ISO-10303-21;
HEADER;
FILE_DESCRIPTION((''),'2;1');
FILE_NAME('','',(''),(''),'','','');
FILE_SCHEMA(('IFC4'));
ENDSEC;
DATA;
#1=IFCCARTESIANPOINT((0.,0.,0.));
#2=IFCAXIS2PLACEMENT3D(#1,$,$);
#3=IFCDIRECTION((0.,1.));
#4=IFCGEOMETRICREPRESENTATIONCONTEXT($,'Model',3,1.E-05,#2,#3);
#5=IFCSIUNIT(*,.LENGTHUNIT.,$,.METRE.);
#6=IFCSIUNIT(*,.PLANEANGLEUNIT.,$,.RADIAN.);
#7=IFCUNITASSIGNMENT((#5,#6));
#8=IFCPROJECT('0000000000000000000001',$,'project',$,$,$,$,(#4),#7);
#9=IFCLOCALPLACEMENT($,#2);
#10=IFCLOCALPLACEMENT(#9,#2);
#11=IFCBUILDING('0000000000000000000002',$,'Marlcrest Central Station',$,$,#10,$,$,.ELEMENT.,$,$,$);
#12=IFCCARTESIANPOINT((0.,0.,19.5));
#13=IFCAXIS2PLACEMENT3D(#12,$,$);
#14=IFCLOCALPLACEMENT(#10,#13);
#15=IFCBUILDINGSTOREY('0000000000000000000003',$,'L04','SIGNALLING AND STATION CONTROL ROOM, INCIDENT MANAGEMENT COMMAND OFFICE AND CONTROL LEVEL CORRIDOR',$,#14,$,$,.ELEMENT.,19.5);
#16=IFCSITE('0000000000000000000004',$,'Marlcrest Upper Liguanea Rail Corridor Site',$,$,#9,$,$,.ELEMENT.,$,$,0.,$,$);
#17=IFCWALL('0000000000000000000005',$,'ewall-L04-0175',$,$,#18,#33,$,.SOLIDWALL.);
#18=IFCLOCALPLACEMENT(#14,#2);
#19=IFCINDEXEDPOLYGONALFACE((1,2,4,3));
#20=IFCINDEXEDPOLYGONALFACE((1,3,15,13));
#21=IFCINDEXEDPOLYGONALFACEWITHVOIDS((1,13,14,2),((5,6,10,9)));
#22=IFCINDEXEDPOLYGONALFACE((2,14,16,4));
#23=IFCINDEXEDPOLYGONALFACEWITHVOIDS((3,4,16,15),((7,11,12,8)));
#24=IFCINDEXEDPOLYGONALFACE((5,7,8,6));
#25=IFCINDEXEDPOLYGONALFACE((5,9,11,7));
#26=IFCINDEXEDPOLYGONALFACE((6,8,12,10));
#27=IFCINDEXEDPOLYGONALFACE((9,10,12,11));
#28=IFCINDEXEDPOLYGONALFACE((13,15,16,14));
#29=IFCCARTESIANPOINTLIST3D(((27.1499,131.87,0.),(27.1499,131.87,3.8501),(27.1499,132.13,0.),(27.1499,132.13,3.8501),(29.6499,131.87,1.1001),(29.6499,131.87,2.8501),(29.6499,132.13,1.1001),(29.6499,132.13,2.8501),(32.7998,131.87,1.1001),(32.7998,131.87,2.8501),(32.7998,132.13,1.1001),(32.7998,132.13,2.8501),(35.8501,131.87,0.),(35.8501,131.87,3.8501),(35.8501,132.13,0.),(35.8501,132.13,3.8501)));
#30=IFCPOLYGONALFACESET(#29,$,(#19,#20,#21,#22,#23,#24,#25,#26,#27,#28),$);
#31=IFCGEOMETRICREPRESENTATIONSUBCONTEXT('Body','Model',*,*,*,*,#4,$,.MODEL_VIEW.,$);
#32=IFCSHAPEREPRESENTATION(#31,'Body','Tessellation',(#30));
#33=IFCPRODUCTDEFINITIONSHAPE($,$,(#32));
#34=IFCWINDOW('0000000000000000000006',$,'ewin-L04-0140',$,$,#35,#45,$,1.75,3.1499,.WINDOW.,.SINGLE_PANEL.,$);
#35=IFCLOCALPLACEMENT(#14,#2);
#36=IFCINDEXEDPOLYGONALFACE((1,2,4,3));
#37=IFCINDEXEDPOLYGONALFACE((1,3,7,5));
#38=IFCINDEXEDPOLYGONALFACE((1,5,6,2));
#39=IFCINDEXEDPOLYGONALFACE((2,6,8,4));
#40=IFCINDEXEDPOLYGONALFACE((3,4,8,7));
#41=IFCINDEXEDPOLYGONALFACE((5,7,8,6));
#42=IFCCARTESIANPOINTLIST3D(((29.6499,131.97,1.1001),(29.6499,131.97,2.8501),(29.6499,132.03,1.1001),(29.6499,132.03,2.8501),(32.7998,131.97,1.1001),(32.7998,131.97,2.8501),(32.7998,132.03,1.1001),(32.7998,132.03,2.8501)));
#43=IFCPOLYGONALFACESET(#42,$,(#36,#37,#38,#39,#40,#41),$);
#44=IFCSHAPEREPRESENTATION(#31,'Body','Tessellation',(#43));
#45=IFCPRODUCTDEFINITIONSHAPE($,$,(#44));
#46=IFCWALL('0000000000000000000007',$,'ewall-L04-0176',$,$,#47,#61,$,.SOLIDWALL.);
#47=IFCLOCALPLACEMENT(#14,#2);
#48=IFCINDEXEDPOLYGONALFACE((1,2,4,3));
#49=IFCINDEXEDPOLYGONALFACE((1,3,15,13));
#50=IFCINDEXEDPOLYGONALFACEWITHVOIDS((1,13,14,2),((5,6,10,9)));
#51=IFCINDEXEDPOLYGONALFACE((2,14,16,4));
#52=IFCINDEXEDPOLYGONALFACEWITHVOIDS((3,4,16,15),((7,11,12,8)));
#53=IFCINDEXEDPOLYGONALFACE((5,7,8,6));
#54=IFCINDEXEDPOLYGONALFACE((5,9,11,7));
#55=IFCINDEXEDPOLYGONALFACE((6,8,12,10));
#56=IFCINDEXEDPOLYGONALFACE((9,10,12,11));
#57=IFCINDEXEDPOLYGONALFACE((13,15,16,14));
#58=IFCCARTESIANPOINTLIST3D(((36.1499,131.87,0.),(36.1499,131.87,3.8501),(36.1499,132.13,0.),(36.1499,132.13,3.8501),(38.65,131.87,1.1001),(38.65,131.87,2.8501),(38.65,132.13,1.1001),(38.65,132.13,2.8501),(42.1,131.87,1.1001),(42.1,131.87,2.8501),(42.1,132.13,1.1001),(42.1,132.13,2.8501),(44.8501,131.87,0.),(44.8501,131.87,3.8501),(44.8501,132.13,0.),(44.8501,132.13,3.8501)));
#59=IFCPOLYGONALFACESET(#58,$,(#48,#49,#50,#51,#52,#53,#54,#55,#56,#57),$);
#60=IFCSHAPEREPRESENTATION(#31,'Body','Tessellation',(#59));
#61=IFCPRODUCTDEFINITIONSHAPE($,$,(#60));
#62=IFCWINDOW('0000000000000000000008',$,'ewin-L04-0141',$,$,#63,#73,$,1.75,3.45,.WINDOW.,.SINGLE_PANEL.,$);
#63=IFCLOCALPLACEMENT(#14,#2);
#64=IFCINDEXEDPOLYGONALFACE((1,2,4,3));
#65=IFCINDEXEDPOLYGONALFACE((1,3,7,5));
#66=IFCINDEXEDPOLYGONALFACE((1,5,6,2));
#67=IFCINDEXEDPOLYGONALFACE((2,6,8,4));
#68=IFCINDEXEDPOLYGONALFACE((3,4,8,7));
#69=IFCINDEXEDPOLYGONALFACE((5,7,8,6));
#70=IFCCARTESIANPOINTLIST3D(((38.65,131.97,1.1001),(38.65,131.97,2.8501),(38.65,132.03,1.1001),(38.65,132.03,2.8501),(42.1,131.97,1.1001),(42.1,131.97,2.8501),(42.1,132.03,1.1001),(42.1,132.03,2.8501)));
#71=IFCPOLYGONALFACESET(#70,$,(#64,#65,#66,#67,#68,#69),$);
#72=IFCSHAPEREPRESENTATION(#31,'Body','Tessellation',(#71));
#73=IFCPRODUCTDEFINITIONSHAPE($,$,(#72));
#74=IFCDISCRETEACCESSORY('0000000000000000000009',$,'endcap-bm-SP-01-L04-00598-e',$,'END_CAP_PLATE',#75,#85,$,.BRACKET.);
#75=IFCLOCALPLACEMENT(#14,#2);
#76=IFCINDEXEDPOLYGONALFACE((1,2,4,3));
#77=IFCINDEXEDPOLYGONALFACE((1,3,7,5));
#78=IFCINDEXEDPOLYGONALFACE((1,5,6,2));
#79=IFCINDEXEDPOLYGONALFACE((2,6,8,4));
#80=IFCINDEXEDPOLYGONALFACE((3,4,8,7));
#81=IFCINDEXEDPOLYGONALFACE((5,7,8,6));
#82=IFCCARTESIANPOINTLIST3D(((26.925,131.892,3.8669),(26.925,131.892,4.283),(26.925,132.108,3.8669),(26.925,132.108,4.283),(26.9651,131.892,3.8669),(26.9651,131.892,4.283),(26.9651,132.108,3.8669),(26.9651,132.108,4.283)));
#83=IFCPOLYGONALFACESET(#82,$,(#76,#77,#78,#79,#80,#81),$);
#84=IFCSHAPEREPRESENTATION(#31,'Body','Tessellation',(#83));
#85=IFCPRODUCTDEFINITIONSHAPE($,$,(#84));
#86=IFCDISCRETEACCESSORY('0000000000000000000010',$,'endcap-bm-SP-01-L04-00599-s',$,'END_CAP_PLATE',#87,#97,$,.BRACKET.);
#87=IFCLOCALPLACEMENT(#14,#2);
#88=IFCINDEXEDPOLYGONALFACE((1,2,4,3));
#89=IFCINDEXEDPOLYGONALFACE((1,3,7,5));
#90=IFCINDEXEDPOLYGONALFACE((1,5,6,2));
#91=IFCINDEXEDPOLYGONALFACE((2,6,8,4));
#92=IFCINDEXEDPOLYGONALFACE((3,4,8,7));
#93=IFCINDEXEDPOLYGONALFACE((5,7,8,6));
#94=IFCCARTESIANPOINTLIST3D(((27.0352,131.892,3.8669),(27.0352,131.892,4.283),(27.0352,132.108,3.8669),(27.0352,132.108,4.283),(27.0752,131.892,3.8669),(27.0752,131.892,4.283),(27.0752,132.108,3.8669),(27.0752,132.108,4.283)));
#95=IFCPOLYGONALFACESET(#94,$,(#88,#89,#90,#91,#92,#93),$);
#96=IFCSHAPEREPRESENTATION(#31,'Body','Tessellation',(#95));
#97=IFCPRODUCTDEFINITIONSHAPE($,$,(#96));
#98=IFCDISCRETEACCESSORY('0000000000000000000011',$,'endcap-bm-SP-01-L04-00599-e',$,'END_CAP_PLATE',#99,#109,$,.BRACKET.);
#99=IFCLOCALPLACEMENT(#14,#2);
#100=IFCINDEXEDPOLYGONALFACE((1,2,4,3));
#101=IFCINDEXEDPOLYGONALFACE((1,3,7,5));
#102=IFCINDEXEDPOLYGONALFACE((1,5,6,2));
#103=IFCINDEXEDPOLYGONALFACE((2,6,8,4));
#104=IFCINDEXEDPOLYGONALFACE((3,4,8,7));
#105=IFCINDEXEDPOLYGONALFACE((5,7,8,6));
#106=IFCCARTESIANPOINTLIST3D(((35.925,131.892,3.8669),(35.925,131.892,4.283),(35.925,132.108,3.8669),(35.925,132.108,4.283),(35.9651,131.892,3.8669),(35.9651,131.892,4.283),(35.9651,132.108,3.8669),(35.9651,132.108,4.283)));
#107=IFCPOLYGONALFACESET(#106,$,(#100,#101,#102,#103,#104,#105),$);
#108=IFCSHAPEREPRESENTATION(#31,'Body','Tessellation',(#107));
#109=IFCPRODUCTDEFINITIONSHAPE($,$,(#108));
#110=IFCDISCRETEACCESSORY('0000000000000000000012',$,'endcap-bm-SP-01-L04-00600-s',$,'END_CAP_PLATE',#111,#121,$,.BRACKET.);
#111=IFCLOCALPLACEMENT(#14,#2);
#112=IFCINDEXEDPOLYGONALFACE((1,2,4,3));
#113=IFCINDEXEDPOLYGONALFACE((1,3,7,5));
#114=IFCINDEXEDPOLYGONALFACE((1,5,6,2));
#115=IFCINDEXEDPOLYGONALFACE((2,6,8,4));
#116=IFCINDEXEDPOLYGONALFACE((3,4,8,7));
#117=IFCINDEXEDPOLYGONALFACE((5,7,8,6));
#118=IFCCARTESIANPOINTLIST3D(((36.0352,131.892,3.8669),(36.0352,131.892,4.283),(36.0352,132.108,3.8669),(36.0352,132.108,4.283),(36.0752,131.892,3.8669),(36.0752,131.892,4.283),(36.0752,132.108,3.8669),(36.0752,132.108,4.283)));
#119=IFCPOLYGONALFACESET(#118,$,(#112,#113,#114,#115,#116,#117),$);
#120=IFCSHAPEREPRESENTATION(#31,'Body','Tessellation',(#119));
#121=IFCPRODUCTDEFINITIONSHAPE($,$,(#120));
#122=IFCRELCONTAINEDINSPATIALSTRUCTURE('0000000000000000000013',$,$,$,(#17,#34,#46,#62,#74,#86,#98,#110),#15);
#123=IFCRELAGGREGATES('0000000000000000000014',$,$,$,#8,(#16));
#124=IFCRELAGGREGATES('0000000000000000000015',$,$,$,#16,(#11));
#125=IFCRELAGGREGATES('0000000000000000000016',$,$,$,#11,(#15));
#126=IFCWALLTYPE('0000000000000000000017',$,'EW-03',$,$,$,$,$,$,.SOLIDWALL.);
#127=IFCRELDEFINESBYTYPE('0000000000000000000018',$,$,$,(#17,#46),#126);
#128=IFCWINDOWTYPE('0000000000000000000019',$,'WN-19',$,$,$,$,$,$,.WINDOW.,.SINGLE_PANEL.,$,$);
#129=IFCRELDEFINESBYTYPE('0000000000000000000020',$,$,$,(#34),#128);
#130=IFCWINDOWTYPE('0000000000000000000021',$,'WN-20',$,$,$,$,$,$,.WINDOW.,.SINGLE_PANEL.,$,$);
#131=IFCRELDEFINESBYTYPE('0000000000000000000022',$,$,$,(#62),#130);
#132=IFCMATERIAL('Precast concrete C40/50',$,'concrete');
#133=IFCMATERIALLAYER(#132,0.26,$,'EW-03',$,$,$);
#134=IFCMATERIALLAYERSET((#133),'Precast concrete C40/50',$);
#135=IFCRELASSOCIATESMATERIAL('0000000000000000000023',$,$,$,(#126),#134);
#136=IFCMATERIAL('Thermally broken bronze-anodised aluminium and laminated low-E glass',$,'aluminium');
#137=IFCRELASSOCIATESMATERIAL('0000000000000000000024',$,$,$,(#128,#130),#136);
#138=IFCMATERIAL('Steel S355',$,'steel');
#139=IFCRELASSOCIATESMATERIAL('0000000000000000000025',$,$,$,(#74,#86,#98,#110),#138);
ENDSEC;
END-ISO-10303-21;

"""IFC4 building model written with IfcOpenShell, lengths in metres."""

from ifc_helpers import new_model, si_unit, direction, frame, frame_2d, origin, origin_2d, place, context, subcontext, project, spatial, rectangle, extrude, material, layer, layer_set, type_object, element, fill, save


model = new_model("IFC4")

# Units and contexts
model_context = context("Model", 3, precision=1e-05, world=origin(), true_north=direction((0.0, 1.0)))
body_context = subcontext(model_context, "Body", "Model", "MODEL_VIEW")
ifc_project = project(units=[si_unit("LENGTHUNIT", "METRE"), si_unit("PLANEANGLEUNIT", "RADIAN")], contexts=[model_context])

# Site, building, storey
site_placement = place(None, origin())
site = spatial("IfcSite", under=ifc_project, at=site_placement, Name="Marlcrest Upper Liguanea Rail Corridor Site", CompositionType="ELEMENT", RefElevation=0.0)
building_placement = place(site_placement, origin())
building = spatial("IfcBuilding", under=site, at=building_placement, Name="Marlcrest Central Station", CompositionType="ELEMENT")
storey_placement = place(building_placement, frame((0.0, 0.0, 19.5)))
storey = spatial("IfcBuildingStorey", under=building, at=storey_placement, Name="L04", Description="SIGNALLING AND STATION CONTROL ROOM, INCIDENT MANAGEMENT COMMAND OFFICE AND CONTROL LEVEL CORRIDOR", CompositionType="ELEMENT", Elevation=19.5)

# Shared definitions
ifc_material_1 = material(Name="Steel S355", Category="steel")

# Walls, openings, windows
ifc_material_2 = material(Name="Precast concrete C40/50", Category="concrete")
ifc_layer = layer(ifc_material_2, 0.26, Name="EW-03")
ifc_layer_set = layer_set([ifc_layer], Name="Precast concrete C40/50")
wall_type = type_object("IfcWallType", Name="EW-03", PredefinedType="SOLIDWALL", material=ifc_layer_set)
wall_1_placement = place(storey_placement, frame((27.1499, 132.0, 0.0), z_axis=(0.0, 0.0, 1.0), x_axis=(1.0, 0.0, 0.0)))
wall_1 = element("IfcWall", 1, at=wall_1_placement, inside=storey, type_object=wall_type, Name="ewall-L04-0175", PredefinedType="SOLIDWALL", context=body_context, shape_type="SweptSolid", body=[
    extrude(rectangle(XDim=8.7002, YDim=0.26, at=frame_2d((4.3501, 0.0))), origin(), (0.0, 0.0, 1.0), 3.8501),
])
opening_1_placement = place(wall_1_placement, frame((2.5, 0.0, 1.1001)))
opening_1 = element("IfcOpeningElement", 2, at=opening_1_placement, cuts=wall_1, PredefinedType="OPENING", context=body_context, shape_type="SweptSolid", body=[
    extrude(rectangle(XDim=3.1499, YDim=1.75, at=frame_2d((1.575, 0.875))), frame((0.0, 0.1399, 0.0), z_axis=(0.0, -1.0, 0.0), x_axis=(1.0, 0.0, 0.0)), (0.0, 0.0, 1.0), 0.28),
])
ifc_material_3 = material(Name="Thermally broken bronze-anodised aluminium and laminated low-E glass", Category="aluminium")
window_type_1 = type_object("IfcWindowType", Name="WN-19", PartitioningType="SINGLE_PANEL", PredefinedType="WINDOW", material=ifc_material_3)
window_1_placement = place(opening_1_placement, origin())
window_1 = element("IfcWindow", 3, at=window_1_placement, inside=storey, type_object=window_type_1, Name="ewin-L04-0140", OverallHeight=1.75, OverallWidth=3.1499, PartitioningType="SINGLE_PANEL", PredefinedType="WINDOW", context=body_context, shape_type="SweptSolid", body=[
    extrude(rectangle(XDim=3.1499, YDim=1.75, at=frame_2d((1.575, 0.875))), frame((0.0, 0.03, 0.0), z_axis=(0.0, -1.0, 0.0), x_axis=(1.0, 0.0, 0.0)), (0.0, 0.0, 1.0), 0.0601),
])
fill(opening_1, window_1)
wall_2_placement = place(storey_placement, frame((36.1499, 132.0, 0.0), z_axis=(0.0, 0.0, 1.0), x_axis=(1.0, 0.0, 0.0)))
wall_2 = element("IfcWall", 4, at=wall_2_placement, inside=storey, type_object=wall_type, Name="ewall-L04-0176", PredefinedType="SOLIDWALL", context=body_context, shape_type="SweptSolid", body=[
    extrude(rectangle(XDim=8.7002, YDim=0.26, at=frame_2d((4.3501, 0.0))), origin(), (0.0, 0.0, 1.0), 3.8501),
])
opening_2_placement = place(wall_2_placement, frame((2.5, 0.0, 1.1001)))
opening_2 = element("IfcOpeningElement", 5, at=opening_2_placement, cuts=wall_2, PredefinedType="OPENING", context=body_context, shape_type="SweptSolid", body=[
    extrude(rectangle(XDim=3.45, YDim=1.75, at=frame_2d((1.7251, 0.875))), frame((0.0, 0.1399, 0.0), z_axis=(0.0, -1.0, 0.0), x_axis=(1.0, 0.0, 0.0)), (0.0, 0.0, 1.0), 0.28),
])
window_type_2 = type_object("IfcWindowType", Name="WN-20", PartitioningType="SINGLE_PANEL", PredefinedType="WINDOW", material=ifc_material_3)
window_2_placement = place(opening_2_placement, origin())
window_2 = element("IfcWindow", 6, at=window_2_placement, inside=storey, type_object=window_type_2, Name="ewin-L04-0141", OverallHeight=1.75, OverallWidth=3.45, PartitioningType="SINGLE_PANEL", PredefinedType="WINDOW", context=body_context, shape_type="SweptSolid", body=[
    extrude(rectangle(XDim=3.45, YDim=1.75, at=frame_2d((1.7251, 0.875))), frame((0.0, 0.03, 0.0), z_axis=(0.0, -1.0, 0.0), x_axis=(1.0, 0.0, 0.0)), (0.0, 0.0, 1.0), 0.0601),
])
fill(opening_2, window_2)

# Discrete accessories
for number, where, z_axis, x_axis, name in (
    (7, (26.925, 132.0, 4.075), (1.0, 0.0, 0.0), (0.0, 1.0, 0.0), "endcap-bm-SP-01-L04-00598-e"),
    (8, (27.0352, 132.0, 4.075), (1.0, 0.0, 0.0), (0.0, 1.0, 0.0), "endcap-bm-SP-01-L04-00599-s"),
    (9, (35.925, 132.0, 4.075), (1.0, 0.0, 0.0), (0.0, 1.0, 0.0), "endcap-bm-SP-01-L04-00599-e"),
    (10, (36.0352, 132.0, 4.075), (1.0, 0.0, 0.0), (0.0, 1.0, 0.0), "endcap-bm-SP-01-L04-00600-s"),
):
    element("IfcDiscreteAccessory", number, at=place(storey_placement, frame(where, z_axis=z_axis, x_axis=x_axis)), inside=storey, material=ifc_material_1, Name=name, ObjectType="END_CAP_PLATE", PredefinedType="BRACKET", context=body_context, shape_type="SweptSolid", body=[
        extrude(rectangle(XDim=0.2161, YDim=0.416, at=origin_2d()), origin(), (0.0, 0.0, 1.0), 0.04),
    ])

save(model, "model.ifc")
